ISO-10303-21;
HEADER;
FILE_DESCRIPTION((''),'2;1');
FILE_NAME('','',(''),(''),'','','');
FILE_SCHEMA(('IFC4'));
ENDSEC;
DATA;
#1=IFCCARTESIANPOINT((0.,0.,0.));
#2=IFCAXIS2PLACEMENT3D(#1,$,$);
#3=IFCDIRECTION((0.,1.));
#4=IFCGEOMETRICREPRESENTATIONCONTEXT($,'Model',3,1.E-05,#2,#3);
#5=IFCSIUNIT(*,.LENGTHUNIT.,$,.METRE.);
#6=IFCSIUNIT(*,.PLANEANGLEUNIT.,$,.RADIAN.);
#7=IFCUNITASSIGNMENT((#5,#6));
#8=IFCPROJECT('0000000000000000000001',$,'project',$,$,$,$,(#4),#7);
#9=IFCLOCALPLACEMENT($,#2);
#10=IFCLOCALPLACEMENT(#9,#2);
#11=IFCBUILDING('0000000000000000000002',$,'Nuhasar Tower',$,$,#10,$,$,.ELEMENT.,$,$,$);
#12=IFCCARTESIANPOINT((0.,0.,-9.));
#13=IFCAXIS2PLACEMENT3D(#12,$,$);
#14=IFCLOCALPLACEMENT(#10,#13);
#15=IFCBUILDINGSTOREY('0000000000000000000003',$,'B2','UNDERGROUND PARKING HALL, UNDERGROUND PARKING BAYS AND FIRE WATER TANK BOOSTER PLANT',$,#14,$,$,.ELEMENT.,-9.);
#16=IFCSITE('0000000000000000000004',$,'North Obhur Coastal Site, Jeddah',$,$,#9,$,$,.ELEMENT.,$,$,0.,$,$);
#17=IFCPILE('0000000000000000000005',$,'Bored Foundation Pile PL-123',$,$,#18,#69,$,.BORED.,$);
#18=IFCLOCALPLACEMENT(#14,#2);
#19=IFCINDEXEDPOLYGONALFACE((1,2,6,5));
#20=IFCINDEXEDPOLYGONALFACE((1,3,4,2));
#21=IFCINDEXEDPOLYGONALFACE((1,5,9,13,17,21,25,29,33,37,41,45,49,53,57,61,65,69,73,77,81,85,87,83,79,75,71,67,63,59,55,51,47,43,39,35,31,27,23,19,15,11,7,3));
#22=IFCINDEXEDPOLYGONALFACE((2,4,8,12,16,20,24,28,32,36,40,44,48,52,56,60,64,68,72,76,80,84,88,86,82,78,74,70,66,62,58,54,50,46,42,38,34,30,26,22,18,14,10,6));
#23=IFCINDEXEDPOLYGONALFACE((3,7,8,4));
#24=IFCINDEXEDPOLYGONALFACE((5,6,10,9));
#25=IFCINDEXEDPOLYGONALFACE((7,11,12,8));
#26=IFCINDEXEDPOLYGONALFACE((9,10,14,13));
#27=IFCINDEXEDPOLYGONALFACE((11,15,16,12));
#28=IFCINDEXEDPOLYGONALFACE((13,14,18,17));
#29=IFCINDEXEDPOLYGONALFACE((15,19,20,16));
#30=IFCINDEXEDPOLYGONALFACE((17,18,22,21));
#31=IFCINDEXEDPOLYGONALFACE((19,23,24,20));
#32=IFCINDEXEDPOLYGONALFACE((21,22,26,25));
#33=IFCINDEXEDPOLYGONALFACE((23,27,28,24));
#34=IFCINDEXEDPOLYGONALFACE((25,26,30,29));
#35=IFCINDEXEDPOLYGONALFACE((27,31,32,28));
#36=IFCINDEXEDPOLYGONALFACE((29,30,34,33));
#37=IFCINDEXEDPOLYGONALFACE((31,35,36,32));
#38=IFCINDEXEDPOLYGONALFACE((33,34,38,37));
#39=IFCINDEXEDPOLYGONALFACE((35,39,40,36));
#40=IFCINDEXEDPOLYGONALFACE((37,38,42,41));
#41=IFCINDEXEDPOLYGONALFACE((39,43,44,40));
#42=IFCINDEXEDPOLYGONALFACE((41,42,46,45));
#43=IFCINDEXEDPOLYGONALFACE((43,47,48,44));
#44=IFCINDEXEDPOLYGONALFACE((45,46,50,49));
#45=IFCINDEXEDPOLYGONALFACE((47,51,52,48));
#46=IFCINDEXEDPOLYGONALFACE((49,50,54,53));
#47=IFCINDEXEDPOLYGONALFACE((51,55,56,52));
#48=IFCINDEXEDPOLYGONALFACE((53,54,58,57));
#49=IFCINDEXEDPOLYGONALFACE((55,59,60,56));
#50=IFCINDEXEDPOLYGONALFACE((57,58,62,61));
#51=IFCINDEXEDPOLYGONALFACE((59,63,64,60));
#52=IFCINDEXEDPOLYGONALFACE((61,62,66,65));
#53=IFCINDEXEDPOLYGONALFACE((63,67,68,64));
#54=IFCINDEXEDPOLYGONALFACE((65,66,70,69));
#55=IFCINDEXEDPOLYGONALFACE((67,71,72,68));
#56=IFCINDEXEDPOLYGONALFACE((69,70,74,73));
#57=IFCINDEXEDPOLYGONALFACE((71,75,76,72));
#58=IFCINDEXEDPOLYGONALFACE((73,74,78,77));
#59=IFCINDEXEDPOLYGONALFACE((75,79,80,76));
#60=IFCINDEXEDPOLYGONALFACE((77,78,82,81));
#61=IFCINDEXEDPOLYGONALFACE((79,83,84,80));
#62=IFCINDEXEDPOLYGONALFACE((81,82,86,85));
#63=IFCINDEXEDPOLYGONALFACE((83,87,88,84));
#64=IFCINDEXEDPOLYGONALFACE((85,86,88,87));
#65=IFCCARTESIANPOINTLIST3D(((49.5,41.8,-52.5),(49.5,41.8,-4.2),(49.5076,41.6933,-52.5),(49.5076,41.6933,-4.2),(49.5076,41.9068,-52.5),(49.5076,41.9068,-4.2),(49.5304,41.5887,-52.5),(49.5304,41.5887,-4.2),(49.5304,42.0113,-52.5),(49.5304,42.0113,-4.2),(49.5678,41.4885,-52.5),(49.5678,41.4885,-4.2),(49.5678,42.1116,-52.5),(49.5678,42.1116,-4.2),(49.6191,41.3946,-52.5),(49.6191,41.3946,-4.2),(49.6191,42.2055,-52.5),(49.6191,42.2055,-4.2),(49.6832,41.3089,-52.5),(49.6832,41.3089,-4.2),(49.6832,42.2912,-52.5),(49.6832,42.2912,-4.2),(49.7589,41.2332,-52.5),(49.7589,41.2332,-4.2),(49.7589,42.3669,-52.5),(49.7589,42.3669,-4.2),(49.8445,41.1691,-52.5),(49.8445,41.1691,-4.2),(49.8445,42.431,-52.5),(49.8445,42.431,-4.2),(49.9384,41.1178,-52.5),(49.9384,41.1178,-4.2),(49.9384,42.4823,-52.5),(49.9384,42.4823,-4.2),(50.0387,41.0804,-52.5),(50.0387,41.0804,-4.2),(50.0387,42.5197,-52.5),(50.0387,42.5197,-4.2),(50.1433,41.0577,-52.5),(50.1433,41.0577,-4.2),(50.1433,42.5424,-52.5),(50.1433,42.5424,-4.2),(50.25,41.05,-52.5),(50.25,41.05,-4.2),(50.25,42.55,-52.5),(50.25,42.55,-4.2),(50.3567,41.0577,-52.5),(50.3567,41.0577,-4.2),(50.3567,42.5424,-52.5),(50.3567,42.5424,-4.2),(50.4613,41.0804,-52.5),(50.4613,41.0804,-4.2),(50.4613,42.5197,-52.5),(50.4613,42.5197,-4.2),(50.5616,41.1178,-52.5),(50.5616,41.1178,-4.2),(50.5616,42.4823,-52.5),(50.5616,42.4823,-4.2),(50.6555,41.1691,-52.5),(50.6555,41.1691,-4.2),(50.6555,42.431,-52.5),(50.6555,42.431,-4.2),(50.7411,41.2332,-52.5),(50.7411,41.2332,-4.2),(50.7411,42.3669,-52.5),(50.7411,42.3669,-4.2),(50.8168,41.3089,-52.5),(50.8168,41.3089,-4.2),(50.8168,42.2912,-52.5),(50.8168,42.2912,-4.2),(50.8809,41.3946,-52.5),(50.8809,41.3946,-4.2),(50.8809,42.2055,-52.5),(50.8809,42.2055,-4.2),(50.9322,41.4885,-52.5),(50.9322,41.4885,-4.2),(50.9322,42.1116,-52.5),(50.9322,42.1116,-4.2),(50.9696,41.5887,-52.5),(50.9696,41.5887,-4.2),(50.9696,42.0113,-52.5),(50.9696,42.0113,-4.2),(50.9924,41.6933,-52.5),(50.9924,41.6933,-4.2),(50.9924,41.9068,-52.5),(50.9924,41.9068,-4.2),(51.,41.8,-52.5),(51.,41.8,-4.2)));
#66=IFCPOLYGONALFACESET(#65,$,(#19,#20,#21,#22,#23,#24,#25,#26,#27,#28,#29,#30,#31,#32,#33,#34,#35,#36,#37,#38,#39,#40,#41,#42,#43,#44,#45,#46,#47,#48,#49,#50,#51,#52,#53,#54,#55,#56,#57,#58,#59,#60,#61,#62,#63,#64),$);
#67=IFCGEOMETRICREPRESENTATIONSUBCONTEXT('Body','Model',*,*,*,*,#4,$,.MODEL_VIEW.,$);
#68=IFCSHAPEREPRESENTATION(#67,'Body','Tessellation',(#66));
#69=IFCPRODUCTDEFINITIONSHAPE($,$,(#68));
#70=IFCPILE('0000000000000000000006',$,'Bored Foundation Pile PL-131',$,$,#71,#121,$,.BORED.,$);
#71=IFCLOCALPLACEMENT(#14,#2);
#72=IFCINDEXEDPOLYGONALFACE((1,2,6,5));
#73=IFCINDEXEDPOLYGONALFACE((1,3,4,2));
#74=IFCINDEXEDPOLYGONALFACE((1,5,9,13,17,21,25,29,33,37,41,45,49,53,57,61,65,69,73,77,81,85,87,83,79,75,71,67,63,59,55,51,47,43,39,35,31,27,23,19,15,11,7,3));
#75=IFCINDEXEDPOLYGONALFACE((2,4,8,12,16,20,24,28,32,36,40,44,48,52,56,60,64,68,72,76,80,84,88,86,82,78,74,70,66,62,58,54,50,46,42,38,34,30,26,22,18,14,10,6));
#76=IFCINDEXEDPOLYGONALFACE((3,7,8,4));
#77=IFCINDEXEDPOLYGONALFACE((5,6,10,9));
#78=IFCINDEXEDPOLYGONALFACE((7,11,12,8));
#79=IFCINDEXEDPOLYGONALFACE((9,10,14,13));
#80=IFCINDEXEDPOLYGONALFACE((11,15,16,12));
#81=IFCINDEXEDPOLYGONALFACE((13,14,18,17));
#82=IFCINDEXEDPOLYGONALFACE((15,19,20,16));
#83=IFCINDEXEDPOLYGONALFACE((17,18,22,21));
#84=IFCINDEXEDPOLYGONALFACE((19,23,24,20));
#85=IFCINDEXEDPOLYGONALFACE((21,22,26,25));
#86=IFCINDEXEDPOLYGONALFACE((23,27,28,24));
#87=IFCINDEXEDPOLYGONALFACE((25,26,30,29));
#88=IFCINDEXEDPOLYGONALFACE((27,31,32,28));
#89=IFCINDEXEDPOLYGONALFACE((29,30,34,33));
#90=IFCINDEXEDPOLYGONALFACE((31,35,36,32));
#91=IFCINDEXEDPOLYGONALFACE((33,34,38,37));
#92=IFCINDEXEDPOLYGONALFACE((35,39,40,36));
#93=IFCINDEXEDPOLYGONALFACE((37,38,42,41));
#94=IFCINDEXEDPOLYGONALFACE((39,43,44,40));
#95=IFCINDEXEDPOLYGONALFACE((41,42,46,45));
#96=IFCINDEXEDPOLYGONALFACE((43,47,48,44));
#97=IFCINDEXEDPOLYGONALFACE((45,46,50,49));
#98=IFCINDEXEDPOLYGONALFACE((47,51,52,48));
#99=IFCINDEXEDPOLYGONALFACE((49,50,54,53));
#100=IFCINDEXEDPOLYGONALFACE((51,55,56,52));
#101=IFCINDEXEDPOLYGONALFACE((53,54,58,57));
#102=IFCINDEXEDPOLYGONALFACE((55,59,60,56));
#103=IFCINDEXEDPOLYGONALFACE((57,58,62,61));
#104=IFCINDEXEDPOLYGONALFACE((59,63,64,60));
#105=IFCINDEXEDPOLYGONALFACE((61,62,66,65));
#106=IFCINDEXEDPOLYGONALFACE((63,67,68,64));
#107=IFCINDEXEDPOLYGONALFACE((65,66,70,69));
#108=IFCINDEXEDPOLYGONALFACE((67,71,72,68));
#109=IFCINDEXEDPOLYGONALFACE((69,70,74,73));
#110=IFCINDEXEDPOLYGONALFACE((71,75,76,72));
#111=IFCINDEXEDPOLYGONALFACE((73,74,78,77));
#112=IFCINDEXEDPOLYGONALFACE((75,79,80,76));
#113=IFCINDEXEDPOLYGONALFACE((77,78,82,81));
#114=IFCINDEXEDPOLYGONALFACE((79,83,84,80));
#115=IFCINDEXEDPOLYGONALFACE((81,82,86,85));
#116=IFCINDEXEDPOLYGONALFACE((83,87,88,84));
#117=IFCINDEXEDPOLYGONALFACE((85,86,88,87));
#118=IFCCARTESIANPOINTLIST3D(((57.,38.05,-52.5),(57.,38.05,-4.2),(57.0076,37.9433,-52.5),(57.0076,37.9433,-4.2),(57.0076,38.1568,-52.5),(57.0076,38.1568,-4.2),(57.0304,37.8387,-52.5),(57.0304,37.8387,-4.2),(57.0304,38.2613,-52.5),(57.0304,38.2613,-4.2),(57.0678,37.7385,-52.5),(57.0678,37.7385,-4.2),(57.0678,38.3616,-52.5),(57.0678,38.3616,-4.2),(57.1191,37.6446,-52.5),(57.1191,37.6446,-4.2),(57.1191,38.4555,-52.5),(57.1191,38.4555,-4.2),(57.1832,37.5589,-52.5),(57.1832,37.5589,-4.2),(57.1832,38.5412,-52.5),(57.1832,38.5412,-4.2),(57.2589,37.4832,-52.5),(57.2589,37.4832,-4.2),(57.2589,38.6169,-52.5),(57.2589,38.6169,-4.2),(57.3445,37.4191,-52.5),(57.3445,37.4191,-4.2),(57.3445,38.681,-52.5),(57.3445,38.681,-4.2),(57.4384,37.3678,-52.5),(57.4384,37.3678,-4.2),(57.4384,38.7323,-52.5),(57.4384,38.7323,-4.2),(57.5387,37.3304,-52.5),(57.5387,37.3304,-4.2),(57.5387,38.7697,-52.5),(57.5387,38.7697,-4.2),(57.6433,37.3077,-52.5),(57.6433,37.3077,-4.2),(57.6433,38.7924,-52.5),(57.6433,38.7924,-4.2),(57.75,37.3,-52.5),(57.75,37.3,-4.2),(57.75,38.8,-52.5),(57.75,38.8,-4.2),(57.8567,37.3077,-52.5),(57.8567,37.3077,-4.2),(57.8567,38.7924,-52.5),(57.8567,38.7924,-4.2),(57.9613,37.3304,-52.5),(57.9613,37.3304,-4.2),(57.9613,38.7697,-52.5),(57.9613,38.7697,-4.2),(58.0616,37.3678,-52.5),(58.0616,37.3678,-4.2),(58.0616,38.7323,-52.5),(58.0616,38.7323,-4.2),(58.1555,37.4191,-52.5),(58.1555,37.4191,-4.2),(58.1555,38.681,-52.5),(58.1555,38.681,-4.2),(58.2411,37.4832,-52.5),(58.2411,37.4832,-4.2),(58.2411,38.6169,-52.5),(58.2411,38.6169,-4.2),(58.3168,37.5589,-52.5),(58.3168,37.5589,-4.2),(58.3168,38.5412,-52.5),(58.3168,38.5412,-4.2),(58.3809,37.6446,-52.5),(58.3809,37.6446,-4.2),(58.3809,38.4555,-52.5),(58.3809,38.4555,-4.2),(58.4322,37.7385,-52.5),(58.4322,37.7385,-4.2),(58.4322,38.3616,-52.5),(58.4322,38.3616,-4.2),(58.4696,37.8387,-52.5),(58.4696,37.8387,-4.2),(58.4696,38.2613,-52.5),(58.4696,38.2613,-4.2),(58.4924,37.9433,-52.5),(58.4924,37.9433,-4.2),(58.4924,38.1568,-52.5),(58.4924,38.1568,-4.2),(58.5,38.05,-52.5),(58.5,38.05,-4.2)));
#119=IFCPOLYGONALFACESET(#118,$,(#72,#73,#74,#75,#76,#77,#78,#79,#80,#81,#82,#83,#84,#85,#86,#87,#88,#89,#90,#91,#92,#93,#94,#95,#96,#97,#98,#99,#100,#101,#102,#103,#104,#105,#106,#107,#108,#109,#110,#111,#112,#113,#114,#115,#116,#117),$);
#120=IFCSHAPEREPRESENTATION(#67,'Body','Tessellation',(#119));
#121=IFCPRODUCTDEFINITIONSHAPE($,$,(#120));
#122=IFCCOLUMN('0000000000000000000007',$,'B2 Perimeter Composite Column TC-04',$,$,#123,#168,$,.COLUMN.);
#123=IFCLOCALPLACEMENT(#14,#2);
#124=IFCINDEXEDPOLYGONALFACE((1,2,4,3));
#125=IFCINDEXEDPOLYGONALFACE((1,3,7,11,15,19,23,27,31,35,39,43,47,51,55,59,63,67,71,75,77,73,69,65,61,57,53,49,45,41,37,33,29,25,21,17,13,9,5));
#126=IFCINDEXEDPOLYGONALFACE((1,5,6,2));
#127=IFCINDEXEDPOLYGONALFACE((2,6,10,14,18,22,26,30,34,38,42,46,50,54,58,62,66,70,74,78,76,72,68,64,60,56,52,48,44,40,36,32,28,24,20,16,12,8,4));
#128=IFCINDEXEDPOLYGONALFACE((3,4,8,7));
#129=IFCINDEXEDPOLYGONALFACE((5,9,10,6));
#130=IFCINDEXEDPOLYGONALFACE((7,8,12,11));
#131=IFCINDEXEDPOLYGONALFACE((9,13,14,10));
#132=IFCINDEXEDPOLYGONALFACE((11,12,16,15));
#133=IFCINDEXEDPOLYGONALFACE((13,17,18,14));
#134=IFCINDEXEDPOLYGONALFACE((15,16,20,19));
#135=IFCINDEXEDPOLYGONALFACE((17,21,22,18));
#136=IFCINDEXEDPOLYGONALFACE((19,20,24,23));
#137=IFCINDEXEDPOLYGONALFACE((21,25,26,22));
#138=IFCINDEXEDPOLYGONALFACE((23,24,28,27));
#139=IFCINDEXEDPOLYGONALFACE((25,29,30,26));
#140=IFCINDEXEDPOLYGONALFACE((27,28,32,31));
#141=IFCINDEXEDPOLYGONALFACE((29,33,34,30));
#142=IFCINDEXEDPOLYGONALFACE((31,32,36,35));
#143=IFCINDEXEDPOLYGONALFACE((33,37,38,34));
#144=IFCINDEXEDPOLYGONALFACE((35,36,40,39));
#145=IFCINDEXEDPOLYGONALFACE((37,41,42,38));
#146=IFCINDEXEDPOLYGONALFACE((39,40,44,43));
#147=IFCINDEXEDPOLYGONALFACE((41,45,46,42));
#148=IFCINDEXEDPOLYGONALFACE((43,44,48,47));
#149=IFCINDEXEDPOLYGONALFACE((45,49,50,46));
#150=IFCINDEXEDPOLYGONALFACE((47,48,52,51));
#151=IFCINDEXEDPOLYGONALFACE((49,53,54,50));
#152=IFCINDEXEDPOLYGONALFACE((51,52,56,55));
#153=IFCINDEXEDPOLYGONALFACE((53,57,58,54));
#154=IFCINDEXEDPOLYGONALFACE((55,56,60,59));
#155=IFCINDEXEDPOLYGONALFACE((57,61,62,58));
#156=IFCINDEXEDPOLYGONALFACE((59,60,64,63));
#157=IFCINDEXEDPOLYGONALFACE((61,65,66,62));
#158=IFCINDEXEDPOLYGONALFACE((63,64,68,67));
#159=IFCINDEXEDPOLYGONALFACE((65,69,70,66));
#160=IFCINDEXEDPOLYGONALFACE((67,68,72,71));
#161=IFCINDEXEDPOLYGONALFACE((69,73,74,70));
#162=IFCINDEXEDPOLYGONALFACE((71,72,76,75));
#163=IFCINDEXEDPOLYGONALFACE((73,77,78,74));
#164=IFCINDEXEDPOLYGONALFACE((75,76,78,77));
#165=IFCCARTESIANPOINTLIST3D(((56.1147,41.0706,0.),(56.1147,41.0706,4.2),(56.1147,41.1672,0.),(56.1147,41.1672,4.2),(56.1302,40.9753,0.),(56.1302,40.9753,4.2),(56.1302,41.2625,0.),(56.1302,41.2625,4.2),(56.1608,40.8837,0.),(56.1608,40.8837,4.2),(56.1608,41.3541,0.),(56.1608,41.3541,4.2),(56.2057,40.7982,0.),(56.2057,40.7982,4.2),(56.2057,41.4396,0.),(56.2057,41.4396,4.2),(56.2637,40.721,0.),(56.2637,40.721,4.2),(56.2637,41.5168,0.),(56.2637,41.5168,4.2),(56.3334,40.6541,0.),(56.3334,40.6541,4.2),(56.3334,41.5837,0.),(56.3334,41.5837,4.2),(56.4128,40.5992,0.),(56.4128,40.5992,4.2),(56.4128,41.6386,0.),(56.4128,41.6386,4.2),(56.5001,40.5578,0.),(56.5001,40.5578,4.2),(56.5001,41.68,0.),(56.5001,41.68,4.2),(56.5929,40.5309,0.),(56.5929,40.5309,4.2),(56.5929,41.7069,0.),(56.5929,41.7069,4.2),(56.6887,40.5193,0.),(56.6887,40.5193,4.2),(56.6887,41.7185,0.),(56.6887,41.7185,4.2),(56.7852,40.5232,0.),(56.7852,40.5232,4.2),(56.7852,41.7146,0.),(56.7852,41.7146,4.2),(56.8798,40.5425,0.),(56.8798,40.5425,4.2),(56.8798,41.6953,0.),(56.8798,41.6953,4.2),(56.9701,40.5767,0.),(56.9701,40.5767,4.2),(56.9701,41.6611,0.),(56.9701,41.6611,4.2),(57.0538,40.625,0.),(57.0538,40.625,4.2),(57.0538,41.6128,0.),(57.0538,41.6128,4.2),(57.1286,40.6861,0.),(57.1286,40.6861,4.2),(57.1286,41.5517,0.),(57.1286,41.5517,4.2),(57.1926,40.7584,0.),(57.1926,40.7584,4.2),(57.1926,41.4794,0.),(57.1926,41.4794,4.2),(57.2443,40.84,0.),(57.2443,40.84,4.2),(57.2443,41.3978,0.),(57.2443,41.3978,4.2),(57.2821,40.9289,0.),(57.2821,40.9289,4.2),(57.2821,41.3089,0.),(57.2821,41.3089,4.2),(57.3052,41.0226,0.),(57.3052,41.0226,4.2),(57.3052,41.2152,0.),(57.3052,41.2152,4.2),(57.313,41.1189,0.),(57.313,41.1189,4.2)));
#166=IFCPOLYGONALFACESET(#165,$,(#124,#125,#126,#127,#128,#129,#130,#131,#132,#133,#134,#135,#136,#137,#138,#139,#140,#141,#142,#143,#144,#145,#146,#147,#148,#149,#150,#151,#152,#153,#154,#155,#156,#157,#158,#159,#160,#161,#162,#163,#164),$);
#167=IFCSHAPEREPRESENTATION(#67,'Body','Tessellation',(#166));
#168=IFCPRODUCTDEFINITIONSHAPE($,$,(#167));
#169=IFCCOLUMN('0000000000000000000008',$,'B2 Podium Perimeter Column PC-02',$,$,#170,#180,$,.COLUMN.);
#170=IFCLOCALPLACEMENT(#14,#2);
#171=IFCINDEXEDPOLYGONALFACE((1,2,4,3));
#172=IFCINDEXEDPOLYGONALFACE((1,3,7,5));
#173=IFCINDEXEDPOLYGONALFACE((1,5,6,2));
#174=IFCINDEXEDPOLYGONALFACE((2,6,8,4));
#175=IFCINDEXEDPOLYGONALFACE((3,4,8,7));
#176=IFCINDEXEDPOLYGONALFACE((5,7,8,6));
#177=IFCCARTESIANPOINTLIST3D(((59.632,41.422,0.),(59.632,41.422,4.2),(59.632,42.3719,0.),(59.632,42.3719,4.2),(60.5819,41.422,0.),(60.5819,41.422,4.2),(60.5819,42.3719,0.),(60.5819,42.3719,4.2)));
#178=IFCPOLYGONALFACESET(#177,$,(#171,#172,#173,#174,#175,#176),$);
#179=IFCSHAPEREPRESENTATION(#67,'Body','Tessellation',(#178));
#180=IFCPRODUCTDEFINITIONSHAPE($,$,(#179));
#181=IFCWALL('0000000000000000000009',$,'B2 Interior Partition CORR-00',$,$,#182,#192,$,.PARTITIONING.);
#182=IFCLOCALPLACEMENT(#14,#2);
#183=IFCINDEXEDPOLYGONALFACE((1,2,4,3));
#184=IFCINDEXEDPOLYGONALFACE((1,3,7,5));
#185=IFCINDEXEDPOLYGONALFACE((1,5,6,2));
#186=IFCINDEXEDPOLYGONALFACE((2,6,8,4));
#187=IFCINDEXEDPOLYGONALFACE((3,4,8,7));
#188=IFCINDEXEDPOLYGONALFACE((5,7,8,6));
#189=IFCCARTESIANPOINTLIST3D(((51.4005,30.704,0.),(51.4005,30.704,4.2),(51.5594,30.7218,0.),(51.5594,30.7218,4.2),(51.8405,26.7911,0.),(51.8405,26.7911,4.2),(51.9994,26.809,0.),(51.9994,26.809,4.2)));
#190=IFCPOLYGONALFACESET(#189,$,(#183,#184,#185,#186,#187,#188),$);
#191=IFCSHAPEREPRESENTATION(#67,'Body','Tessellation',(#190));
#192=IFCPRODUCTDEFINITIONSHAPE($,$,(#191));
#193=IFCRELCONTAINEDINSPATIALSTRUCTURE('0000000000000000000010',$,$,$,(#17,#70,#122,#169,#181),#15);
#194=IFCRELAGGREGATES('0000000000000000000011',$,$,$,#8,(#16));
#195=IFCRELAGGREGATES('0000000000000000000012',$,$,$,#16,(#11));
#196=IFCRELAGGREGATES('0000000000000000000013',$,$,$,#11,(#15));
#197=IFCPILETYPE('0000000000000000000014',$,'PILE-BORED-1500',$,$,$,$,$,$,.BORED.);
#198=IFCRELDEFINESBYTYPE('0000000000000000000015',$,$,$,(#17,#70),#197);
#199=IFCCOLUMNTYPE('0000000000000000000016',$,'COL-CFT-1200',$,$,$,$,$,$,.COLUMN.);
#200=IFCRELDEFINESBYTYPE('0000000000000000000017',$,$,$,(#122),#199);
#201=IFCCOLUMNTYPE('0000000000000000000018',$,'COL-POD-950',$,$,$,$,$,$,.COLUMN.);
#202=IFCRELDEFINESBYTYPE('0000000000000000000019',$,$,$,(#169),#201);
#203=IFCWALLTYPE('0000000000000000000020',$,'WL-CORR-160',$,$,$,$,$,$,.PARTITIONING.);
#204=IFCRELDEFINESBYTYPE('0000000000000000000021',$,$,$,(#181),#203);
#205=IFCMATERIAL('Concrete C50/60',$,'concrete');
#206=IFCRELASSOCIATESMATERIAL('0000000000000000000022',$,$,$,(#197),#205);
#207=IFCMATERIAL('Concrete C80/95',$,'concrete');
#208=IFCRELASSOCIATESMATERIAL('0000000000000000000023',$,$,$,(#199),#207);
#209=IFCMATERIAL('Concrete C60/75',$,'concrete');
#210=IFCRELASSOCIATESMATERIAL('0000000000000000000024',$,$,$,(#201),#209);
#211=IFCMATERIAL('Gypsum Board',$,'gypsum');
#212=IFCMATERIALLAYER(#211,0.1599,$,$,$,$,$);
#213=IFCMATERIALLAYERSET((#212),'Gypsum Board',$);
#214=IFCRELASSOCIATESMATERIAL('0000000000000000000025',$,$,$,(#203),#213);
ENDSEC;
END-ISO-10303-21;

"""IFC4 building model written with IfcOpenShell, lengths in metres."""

from ifc_helpers import new_model, si_unit, direction, frame, frame_2d, origin, origin_2d, place, context, subcontext, project, spatial, rectangle, circle, extrude, material, layer, layer_set, material_profile, profile_set, type_object, element, save


model = new_model("IFC4")

# Units and contexts
model_context = context("Model", 3, precision=1e-05, world=origin(), true_north=direction((0.0, 1.0)))
body_context = subcontext(model_context, "Body", "Model", "MODEL_VIEW")
ifc_project = project(units=[si_unit("LENGTHUNIT", "METRE"), si_unit("PLANEANGLEUNIT", "RADIAN")], contexts=[model_context])

# Site, building, storey
site_placement = place(None, origin())
site = spatial("IfcSite", under=ifc_project, at=site_placement, Name="North Obhur Coastal Site, Jeddah", CompositionType="ELEMENT", RefElevation=0.0)
building_placement = place(site_placement, origin())
building = spatial("IfcBuilding", under=site, at=building_placement, Name="Nuhasar Tower", CompositionType="ELEMENT")
storey_placement = place(building_placement, frame((0.0, 0.0, -9.0)))
storey = spatial("IfcBuildingStorey", under=building, at=storey_placement, Name="B2", Description="UNDERGROUND PARKING HALL, UNDERGROUND PARKING BAYS AND FIRE WATER TANK BOOSTER PLANT", CompositionType="ELEMENT", Elevation=-9.0)

# Piles
ifc_material_1 = material(Name="Concrete C50/60", Category="concrete")
ifc_material_profile_1 = material_profile(ifc_material_1, circle(Radius=0.75, at=origin_2d()), Name="PILE1500")
ifc_profile_set_1 = profile_set([ifc_material_profile_1], Name="Concrete C50/60")
pile_type = type_object("IfcPileType", Name="PILE-BORED-1500", PredefinedType="BORED", material=ifc_profile_set_1)
for number, where, z_axis, x_axis, name in (
    (1, (50.25, 41.8, -4.2), (0.0, 0.0, -1.0), (1.0, 0.0, 0.0), "Bored Foundation Pile PL-123"),
    (2, (57.75, 38.05, -4.2), (0.0, 0.0, -1.0), (1.0, 0.0, 0.0), "Bored Foundation Pile PL-131"),
):
    element("IfcPile", number, at=place(storey_placement, frame(where, z_axis=z_axis, x_axis=x_axis)), inside=storey, type_object=pile_type, Name=name, PredefinedType="BORED", context=body_context, shape_type="SweptSolid", body=[
        extrude(circle(Radius=0.75, at=origin_2d()), origin(), (0.0, 0.0, 1.0), 48.3),
    ])

# Columns
ifc_material_2 = material(Name="Concrete C80/95", Category="concrete")
ifc_material_profile_2 = material_profile(ifc_material_2, circle(Radius=0.6001, at=origin_2d()), Name="CFT1200")
ifc_profile_set_2 = profile_set([ifc_material_profile_2], Name="Concrete C80/95")
column_type_1 = type_object("IfcColumnType", Name="COL-CFT-1200", PredefinedType="COLUMN", material=ifc_profile_set_2)
column_1_placement = place(storey_placement, frame((56.7129, 41.1189, 0.0), z_axis=(0.0, 0.0, 1.0), x_axis=(1.0, 0.0, 0.0)))
element("IfcColumn", 3, at=column_1_placement, inside=storey, type_object=column_type_1, Name="B2 Perimeter Composite Column TC-04", PredefinedType="COLUMN", context=body_context, shape_type="SweptSolid", body=[
    extrude(circle(Radius=0.6001, at=origin_2d()), origin(), (0.0, 0.0, 1.0), 4.2),
])
ifc_material_3 = material(Name="Concrete C60/75", Category="concrete")
ifc_material_profile_3 = material_profile(ifc_material_3, rectangle(XDim=0.95, YDim=0.95, at=origin_2d()), Name="RC950X950")
ifc_profile_set_3 = profile_set([ifc_material_profile_3], Name="Concrete C60/75")
column_type_2 = type_object("IfcColumnType", Name="COL-POD-950", PredefinedType="COLUMN", material=ifc_profile_set_3)
column_2_placement = place(storey_placement, frame((60.1069, 41.897, 0.0), z_axis=(0.0, 0.0, 1.0), x_axis=(1.0, 0.0, 0.0)))
element("IfcColumn", 4, at=column_2_placement, inside=storey, type_object=column_type_2, Name="B2 Podium Perimeter Column PC-02", PredefinedType="COLUMN", context=body_context, shape_type="SweptSolid", body=[
    extrude(rectangle(XDim=0.95, YDim=0.95, at=origin_2d()), origin(), (0.0, 0.0, 1.0), 4.2),
])

# Wall
ifc_material_4 = material(Name="Gypsum Board", Category="gypsum")
ifc_layer_1 = layer(ifc_material_4, 0.1599)
ifc_layer_set_1 = layer_set([ifc_layer_1], Name="Gypsum Board")
wall_type_1 = type_object("IfcWallType", Name="WL-CORR-160", PredefinedType="PARTITIONING", material=ifc_layer_set_1)
wall_1_placement = place(storey_placement, frame((51.9199, 26.8, 0.0), z_axis=(0.0, 0.0, 1.0), x_axis=(-0.111731, 0.993738, 0.0)))
element("IfcWall", 5, at=wall_1_placement, inside=storey, type_object=wall_type_1, Name="B2 Interior Partition CORR-00", PredefinedType="PARTITIONING", context=body_context, shape_type="SweptSolid", body=[
    extrude(rectangle(XDim=3.9375, YDim=0.1599, at=frame_2d((1.9688, 0.0))), origin(), (0.0, 0.0, 1.0), 4.2),
])

save(model, "model.ifc")
